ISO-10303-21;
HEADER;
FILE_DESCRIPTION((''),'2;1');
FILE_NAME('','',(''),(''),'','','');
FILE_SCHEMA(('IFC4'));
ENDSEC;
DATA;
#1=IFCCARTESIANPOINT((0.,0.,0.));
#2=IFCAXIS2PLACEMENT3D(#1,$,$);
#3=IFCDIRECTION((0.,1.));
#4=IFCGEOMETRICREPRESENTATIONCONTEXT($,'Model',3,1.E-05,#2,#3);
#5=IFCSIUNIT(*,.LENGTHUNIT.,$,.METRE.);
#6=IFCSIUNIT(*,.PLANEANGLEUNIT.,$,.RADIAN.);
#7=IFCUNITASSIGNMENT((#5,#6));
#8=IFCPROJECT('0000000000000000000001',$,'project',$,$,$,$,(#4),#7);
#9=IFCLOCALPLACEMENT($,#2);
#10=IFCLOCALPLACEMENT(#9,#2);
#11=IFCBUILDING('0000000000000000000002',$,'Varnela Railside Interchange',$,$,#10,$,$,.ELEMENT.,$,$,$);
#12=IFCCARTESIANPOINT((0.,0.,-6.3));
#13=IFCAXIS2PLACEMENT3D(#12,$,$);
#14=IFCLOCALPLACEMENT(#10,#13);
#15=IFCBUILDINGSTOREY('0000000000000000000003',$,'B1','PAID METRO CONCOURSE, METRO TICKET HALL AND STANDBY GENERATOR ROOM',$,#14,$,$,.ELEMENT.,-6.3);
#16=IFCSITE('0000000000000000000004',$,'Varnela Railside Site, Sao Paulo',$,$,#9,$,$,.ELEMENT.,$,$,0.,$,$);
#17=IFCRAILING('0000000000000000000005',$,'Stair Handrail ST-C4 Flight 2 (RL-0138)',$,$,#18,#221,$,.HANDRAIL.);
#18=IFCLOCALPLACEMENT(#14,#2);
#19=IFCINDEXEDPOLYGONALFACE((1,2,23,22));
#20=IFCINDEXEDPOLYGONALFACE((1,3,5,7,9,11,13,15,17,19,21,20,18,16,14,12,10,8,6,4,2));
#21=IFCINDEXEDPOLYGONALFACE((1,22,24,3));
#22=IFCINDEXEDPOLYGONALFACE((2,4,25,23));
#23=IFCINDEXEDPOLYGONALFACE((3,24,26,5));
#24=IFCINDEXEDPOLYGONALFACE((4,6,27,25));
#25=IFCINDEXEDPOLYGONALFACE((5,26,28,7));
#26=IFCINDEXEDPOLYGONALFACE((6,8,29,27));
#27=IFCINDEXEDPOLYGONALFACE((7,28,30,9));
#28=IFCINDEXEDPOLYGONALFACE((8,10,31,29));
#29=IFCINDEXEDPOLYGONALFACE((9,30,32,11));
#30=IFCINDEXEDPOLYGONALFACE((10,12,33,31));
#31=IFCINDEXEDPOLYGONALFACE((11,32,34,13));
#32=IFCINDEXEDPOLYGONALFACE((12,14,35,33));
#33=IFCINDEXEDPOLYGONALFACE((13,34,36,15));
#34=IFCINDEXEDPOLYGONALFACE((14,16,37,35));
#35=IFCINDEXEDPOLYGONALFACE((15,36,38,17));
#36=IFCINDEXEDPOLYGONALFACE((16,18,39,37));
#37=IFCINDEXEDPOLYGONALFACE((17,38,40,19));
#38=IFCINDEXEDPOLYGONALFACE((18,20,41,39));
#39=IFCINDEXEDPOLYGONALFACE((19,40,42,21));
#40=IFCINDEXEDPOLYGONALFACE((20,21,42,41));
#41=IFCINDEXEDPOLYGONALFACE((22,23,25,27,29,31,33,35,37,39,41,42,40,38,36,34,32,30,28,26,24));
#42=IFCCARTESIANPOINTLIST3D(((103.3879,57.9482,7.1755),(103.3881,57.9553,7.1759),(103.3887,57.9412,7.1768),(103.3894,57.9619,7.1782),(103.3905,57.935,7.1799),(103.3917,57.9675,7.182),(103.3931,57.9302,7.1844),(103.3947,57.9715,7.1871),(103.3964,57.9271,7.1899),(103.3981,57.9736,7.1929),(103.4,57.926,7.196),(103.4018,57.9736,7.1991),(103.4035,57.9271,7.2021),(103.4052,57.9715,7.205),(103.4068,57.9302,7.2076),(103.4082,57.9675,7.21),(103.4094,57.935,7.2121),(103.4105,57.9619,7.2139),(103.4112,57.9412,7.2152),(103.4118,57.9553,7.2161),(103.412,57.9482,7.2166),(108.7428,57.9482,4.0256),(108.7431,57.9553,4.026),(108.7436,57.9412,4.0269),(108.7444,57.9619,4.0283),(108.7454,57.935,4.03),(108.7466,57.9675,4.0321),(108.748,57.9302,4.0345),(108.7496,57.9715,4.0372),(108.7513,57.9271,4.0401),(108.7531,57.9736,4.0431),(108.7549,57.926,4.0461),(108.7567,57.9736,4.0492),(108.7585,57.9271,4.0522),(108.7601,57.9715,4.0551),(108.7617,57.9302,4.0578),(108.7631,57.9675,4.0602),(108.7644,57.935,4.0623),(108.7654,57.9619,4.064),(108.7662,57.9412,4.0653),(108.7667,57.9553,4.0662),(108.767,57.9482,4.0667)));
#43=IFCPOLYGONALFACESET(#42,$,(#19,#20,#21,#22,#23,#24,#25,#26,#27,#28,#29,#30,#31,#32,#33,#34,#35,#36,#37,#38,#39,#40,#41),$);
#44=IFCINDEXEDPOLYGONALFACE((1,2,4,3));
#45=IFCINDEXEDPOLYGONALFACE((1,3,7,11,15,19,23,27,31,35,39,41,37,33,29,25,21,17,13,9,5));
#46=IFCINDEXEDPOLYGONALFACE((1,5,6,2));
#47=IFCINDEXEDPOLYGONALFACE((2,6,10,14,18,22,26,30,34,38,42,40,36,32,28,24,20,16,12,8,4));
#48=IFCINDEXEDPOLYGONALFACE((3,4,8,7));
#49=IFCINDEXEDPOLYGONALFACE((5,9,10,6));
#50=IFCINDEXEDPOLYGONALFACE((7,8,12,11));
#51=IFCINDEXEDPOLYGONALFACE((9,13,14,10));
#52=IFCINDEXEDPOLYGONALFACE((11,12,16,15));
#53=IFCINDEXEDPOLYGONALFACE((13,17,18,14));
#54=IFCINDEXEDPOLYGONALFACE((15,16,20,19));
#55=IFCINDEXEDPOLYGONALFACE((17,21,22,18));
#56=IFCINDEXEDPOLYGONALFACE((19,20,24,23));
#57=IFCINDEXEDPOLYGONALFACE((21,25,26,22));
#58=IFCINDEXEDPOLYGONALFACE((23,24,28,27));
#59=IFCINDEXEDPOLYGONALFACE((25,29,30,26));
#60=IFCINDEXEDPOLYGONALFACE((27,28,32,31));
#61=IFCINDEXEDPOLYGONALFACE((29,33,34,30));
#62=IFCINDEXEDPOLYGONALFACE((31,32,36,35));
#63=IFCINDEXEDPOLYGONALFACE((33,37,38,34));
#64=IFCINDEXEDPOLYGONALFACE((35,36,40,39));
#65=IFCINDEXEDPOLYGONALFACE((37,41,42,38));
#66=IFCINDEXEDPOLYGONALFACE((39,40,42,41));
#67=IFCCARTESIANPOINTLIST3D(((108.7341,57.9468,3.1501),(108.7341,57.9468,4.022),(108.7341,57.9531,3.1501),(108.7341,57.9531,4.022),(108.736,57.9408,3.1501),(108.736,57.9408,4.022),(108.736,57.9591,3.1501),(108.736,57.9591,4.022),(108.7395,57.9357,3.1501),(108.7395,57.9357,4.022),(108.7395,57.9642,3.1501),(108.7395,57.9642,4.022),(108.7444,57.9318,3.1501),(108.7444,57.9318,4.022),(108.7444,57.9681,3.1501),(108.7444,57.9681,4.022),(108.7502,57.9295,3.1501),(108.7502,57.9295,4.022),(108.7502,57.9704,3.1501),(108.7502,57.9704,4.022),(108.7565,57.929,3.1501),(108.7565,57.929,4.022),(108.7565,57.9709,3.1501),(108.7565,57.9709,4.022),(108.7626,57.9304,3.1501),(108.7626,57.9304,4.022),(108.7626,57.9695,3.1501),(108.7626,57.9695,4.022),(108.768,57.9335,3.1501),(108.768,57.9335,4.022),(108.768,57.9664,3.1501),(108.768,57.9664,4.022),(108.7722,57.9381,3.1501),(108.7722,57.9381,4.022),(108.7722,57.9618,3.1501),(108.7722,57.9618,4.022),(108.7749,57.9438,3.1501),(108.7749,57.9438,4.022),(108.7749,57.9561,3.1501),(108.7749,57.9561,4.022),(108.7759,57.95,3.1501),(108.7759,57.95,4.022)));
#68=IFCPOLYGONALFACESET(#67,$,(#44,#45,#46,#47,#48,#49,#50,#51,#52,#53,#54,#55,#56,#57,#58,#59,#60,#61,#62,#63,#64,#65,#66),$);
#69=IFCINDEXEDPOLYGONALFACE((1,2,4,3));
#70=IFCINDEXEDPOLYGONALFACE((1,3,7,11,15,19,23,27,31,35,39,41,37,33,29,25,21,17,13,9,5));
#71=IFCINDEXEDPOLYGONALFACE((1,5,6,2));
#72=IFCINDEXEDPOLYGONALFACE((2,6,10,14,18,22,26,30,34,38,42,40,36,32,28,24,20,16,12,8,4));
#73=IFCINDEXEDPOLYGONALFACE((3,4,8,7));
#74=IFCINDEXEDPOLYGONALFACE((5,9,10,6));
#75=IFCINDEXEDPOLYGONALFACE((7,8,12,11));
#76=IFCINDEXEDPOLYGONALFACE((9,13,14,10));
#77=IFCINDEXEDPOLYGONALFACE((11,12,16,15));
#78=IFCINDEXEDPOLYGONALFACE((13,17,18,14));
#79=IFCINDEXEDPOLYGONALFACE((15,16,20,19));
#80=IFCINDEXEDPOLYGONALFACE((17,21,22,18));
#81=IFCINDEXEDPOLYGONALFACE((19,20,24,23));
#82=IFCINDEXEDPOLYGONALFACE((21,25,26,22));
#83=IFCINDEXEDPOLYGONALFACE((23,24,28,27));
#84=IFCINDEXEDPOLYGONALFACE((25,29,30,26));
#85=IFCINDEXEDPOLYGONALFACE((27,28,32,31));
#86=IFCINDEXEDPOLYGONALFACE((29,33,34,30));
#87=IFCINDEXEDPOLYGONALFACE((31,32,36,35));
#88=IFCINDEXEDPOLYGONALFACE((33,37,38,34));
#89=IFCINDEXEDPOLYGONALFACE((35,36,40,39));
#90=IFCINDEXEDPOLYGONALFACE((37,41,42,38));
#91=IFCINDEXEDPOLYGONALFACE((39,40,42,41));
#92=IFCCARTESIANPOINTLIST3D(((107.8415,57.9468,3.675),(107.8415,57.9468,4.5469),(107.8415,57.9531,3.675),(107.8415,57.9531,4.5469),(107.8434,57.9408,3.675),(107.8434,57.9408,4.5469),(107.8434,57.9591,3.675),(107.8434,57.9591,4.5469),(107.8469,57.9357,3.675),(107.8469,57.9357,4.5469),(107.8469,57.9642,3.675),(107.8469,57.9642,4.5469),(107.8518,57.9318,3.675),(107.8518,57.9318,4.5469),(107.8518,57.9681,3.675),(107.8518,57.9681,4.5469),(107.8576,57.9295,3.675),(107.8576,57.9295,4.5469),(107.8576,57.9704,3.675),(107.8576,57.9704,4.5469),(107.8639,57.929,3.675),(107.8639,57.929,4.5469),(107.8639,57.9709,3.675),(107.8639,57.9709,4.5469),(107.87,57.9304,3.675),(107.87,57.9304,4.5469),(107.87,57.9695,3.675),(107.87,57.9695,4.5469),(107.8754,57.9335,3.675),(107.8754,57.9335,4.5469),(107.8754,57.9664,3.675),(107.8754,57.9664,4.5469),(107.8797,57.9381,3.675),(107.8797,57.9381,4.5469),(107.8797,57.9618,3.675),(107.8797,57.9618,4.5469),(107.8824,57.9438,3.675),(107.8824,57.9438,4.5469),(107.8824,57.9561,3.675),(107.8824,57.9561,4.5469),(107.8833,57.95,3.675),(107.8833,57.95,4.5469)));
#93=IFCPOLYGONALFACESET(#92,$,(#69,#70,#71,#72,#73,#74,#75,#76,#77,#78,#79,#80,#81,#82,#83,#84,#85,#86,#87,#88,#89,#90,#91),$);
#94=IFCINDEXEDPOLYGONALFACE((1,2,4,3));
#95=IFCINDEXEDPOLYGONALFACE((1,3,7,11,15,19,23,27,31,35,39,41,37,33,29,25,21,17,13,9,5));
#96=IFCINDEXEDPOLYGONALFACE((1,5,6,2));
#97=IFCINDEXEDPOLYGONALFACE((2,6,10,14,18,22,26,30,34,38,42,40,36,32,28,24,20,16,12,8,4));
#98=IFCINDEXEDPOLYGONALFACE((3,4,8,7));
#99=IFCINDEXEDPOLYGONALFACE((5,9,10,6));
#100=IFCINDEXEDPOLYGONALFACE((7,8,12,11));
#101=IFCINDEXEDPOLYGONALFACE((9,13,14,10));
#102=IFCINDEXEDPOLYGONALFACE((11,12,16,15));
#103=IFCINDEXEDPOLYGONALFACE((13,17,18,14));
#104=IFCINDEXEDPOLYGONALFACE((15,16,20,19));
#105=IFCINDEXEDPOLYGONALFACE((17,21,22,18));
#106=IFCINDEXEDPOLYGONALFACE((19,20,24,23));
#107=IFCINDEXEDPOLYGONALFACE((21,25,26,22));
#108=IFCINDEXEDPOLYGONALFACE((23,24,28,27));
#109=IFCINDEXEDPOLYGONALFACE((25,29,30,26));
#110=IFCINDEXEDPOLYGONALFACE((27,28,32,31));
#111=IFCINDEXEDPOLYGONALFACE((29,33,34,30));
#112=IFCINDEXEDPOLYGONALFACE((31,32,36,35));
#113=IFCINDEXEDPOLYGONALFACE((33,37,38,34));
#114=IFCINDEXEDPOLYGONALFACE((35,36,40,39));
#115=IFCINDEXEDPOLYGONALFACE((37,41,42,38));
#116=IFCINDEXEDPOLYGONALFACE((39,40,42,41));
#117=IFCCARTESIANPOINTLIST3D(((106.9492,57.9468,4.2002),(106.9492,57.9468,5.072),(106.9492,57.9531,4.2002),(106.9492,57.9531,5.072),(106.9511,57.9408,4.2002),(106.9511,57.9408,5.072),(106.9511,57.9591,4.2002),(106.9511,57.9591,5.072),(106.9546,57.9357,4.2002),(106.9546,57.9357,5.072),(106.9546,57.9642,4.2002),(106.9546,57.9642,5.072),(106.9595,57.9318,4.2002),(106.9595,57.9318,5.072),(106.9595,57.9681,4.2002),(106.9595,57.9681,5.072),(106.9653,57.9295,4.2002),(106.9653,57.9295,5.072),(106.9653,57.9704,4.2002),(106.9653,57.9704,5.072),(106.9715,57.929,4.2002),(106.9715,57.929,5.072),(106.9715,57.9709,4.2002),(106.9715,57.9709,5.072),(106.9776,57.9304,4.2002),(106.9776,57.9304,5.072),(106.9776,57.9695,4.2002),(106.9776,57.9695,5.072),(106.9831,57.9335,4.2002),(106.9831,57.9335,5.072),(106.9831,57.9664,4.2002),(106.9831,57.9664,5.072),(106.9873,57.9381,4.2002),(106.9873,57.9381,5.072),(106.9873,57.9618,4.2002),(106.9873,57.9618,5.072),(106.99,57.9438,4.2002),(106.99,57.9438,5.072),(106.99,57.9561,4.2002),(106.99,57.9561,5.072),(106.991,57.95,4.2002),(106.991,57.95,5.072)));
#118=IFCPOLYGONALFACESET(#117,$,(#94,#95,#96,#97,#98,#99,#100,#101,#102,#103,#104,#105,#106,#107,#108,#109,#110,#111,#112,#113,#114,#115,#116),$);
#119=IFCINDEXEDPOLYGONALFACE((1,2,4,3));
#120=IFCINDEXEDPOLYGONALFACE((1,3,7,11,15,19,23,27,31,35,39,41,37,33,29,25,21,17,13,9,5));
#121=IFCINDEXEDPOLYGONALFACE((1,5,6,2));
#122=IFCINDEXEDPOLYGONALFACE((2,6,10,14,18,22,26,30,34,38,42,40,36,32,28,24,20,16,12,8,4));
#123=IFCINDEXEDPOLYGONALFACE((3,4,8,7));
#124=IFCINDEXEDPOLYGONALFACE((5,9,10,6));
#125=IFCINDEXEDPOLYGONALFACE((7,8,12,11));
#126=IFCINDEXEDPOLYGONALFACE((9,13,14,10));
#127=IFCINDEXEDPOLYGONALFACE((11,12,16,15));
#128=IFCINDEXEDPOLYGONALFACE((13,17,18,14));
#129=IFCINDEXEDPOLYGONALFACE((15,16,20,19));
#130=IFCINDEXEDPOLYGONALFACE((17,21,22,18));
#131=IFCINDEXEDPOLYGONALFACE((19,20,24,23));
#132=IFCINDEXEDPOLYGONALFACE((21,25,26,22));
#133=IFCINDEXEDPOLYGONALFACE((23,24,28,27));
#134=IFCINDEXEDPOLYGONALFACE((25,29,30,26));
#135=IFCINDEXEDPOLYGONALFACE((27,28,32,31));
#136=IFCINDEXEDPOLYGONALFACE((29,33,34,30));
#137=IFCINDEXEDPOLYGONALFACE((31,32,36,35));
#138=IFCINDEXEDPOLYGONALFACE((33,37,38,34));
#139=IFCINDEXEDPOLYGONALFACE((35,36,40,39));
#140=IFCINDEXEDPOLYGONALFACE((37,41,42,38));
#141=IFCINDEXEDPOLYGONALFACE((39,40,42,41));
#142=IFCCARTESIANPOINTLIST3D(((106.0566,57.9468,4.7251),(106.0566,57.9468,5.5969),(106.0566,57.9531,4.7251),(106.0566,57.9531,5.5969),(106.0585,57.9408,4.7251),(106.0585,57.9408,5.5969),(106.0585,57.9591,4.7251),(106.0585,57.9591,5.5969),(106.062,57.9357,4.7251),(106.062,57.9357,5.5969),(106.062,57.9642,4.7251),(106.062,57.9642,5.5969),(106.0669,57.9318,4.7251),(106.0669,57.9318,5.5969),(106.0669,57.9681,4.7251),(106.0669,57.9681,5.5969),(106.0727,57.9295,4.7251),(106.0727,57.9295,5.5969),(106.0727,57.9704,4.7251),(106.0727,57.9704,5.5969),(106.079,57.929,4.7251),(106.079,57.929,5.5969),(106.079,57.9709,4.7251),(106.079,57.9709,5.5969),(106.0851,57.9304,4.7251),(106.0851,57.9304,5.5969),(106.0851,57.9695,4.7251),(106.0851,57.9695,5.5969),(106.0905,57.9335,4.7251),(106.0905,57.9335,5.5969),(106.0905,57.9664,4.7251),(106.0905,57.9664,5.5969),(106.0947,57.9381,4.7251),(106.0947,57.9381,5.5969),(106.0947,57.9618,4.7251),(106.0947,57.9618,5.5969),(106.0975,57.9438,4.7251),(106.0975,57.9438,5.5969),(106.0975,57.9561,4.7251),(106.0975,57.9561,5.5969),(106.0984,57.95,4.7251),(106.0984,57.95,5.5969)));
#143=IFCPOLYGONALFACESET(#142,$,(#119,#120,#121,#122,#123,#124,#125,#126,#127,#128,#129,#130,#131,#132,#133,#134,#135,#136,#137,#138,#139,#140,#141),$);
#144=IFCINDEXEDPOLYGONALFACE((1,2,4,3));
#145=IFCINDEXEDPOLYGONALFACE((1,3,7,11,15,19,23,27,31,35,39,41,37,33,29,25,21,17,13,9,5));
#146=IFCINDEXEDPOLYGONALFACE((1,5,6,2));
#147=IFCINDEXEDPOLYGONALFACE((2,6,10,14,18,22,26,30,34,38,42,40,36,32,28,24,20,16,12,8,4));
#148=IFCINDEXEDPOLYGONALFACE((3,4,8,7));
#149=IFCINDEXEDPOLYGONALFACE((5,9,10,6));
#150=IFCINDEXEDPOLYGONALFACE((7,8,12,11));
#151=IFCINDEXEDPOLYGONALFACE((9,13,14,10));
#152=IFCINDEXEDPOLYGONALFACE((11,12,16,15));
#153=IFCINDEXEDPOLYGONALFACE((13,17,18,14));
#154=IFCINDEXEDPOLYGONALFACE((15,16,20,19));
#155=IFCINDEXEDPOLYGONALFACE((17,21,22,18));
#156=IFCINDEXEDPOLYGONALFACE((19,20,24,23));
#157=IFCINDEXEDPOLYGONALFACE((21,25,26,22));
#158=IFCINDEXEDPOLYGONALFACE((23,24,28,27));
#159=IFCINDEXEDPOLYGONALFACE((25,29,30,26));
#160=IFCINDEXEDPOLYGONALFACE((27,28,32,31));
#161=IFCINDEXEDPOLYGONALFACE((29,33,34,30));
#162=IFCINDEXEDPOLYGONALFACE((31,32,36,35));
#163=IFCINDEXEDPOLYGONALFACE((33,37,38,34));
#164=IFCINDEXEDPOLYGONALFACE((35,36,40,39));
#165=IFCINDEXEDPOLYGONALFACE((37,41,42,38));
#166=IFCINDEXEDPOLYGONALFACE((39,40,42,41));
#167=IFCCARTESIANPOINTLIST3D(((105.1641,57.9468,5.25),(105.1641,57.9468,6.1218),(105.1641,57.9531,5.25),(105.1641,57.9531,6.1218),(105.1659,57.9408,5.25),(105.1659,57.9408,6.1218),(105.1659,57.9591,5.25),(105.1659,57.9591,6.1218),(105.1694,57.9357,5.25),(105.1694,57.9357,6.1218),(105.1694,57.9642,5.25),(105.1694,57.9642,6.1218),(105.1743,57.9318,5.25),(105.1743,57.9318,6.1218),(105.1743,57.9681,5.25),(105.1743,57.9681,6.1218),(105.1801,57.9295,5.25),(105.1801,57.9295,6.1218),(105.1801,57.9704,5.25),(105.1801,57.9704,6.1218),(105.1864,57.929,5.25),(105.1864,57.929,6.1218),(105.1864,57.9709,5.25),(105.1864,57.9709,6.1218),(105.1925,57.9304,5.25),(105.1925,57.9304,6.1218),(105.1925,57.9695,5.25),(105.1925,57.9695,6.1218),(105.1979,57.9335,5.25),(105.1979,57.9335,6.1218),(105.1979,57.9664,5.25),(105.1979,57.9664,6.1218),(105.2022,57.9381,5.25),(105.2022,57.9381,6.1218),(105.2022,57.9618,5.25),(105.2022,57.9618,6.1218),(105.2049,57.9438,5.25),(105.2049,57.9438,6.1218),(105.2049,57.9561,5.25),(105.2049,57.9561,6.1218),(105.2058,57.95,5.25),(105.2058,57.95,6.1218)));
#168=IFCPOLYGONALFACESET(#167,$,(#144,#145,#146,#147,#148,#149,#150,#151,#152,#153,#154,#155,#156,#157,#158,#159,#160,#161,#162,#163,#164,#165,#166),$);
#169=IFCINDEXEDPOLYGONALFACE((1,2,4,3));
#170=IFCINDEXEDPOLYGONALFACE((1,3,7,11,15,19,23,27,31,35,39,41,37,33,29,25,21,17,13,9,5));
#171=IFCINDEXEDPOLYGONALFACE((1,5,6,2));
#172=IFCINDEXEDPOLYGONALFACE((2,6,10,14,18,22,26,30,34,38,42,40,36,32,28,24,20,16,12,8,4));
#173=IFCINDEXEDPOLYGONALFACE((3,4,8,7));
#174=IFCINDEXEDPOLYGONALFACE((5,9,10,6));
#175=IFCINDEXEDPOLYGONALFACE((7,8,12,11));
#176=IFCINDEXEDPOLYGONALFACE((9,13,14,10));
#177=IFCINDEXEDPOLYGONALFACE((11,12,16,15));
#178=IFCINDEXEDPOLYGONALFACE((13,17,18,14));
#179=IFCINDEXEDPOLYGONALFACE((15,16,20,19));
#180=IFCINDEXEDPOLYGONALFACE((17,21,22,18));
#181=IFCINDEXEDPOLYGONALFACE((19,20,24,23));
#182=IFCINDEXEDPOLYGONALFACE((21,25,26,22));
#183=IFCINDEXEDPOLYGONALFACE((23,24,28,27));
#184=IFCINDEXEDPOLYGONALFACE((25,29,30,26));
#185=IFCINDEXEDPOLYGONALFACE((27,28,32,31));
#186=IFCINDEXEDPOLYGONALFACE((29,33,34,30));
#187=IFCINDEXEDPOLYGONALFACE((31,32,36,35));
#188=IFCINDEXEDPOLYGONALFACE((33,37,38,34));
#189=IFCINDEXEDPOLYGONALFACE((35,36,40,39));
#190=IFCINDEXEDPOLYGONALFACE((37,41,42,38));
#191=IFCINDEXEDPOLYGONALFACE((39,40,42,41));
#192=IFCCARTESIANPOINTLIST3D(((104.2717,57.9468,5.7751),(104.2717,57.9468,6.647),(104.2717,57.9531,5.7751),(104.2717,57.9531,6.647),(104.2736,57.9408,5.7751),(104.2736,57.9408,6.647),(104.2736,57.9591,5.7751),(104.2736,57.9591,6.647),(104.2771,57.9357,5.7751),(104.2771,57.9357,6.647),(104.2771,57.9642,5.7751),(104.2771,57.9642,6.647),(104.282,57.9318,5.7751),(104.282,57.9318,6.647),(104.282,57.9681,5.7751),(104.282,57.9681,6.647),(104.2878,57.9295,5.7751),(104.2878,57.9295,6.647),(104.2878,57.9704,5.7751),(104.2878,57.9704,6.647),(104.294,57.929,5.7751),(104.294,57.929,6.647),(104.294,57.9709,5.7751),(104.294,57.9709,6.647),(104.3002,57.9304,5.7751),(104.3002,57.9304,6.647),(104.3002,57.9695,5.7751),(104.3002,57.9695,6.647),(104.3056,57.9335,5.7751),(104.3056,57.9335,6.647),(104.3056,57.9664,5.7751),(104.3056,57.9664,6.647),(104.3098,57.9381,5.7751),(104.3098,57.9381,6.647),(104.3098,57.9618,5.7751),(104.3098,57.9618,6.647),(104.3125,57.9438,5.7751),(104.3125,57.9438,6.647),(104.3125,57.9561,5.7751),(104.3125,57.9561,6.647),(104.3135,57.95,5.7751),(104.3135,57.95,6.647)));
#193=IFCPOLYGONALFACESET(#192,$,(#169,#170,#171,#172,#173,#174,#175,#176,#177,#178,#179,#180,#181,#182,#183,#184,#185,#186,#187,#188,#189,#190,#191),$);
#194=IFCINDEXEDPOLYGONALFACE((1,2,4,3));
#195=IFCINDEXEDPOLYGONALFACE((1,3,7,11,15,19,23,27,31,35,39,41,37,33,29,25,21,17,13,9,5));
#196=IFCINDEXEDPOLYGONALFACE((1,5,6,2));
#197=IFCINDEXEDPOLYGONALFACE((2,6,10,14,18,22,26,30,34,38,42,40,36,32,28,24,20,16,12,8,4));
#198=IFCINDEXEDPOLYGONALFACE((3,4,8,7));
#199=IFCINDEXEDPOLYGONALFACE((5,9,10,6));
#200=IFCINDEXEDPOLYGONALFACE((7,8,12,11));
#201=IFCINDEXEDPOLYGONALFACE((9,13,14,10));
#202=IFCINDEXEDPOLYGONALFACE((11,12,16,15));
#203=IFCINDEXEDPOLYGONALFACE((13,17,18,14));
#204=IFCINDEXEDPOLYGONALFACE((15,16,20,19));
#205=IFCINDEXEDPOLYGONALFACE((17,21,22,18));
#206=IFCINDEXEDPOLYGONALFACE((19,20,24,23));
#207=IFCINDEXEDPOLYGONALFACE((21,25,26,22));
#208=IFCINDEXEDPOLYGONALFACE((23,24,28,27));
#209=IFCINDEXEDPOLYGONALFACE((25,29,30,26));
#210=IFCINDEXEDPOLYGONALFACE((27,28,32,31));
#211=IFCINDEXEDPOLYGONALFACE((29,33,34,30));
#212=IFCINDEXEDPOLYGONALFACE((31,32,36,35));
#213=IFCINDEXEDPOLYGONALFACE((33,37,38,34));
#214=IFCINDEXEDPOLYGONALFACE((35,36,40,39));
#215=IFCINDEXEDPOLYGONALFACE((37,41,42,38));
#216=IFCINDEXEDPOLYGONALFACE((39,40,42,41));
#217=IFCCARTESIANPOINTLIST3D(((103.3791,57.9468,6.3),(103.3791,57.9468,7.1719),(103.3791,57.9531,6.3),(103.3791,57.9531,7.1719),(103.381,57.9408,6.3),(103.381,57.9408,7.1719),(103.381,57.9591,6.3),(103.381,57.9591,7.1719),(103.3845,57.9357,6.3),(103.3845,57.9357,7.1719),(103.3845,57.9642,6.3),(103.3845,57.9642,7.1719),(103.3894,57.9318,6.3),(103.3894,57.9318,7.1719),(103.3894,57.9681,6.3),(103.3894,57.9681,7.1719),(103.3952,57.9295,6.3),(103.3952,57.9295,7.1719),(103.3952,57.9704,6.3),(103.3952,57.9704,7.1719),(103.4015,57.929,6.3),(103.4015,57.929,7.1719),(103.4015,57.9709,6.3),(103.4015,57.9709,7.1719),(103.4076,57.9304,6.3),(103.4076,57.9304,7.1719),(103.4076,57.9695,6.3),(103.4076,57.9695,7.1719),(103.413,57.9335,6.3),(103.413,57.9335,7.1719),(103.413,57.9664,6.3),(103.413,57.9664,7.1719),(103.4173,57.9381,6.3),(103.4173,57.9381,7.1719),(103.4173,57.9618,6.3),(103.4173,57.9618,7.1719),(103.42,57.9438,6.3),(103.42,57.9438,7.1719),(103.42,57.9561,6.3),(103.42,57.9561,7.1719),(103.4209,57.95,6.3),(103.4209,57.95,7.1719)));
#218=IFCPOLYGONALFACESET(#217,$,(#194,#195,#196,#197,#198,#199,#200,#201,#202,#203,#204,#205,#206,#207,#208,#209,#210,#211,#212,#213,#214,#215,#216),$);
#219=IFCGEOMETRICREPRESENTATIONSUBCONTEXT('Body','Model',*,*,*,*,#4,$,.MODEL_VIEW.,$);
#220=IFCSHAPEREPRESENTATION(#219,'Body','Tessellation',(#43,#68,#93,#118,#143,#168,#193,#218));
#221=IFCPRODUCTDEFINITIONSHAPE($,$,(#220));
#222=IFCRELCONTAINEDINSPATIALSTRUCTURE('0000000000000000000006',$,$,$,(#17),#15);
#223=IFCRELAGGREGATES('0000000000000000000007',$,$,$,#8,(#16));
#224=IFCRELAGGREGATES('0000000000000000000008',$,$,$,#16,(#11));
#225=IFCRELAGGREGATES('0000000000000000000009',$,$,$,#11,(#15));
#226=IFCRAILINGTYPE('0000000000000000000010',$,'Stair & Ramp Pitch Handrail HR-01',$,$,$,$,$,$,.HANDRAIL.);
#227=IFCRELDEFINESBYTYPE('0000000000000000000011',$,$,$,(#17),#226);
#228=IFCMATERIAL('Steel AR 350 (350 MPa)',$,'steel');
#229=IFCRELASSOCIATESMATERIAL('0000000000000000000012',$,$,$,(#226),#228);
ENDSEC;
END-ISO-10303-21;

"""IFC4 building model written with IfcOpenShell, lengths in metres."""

from ifc_helpers import new_model, si_unit, direction, frame, origin, origin_2d, place, context, subcontext, project, spatial, circle, extrude, material, type_object, element, save


model = new_model("IFC4")

# Units and contexts
model_context = context("Model", 3, precision=1e-05, world=origin(), true_north=direction((0.0, 1.0)))
body_context = subcontext(model_context, "Body", "Model", "MODEL_VIEW")
ifc_project = project(units=[si_unit("LENGTHUNIT", "METRE"), si_unit("PLANEANGLEUNIT", "RADIAN")], contexts=[model_context])

# Site, building, storey
site_placement = place(None, origin())
site = spatial("IfcSite", under=ifc_project, at=site_placement, Name="Varnela Railside Site, Sao Paulo", CompositionType="ELEMENT", RefElevation=0.0)
building_placement = place(site_placement, origin())
building = spatial("IfcBuilding", under=site, at=building_placement, Name="Varnela Railside Interchange", CompositionType="ELEMENT")
storey_placement = place(building_placement, frame((0.0, 0.0, -6.3)))
storey = spatial("IfcBuildingStorey", under=building, at=storey_placement, Name="B1", Description="PAID METRO CONCOURSE, METRO TICKET HALL AND STANDBY GENERATOR ROOM", CompositionType="ELEMENT", Elevation=-6.3)

# Shared definitions
ifc_material_1 = material(Name="Steel AR 350 (350 MPa)", Category="steel")

# Railing
railing_type_1 = type_object("IfcRailingType", Name="Stair & Ramp Pitch Handrail HR-01", PredefinedType="HANDRAIL", material=ifc_material_1)
railing_1_placement = place(storey_placement, frame((108.7549, 57.95, 3.1501)))
element("IfcRailing", 1, at=railing_1_placement, inside=storey, type_object=railing_type_1, Name="Stair Handrail ST-C4 Flight 2 (RL-0138)", PredefinedType="HANDRAIL", context=body_context, shape_type="SweptSolid", body=[
    extrude(circle(Radius=0.0239, at=origin_2d()), frame((0.0, 0.0, 0.896), z_axis=(-0.86194, 0.0, 0.50701), x_axis=(0.0, -1.0, 0.0)), (0.0, 0.0, 1.0), 6.2126),
    extrude(circle(Radius=0.021, at=origin_2d()), origin(), (0.0, 0.0, 1.0), 0.8718),
    extrude(circle(Radius=0.021, at=origin_2d()), frame((-0.8926, 0.0, 0.5249)), (0.0, 0.0, 1.0), 0.8718),
    extrude(circle(Radius=0.021, at=origin_2d()), frame((-1.7849, 0.0, 1.05)), (0.0, 0.0, 1.0), 0.8718),
    extrude(circle(Radius=0.021, at=origin_2d()), frame((-2.6775, 0.0, 1.575)), (0.0, 0.0, 1.0), 0.8718),
    extrude(circle(Radius=0.021, at=origin_2d()), frame((-3.5701, 0.0, 2.0999)), (0.0, 0.0, 1.0), 0.8718),
    extrude(circle(Radius=0.021, at=origin_2d()), frame((-4.4624, 0.0, 2.625)), (0.0, 0.0, 1.0), 0.8718),
    extrude(circle(Radius=0.021, at=origin_2d()), frame((-5.355, 0.0, 3.1499)), (0.0, 0.0, 1.0), 0.8718),
])

save(model, "model.ifc")
